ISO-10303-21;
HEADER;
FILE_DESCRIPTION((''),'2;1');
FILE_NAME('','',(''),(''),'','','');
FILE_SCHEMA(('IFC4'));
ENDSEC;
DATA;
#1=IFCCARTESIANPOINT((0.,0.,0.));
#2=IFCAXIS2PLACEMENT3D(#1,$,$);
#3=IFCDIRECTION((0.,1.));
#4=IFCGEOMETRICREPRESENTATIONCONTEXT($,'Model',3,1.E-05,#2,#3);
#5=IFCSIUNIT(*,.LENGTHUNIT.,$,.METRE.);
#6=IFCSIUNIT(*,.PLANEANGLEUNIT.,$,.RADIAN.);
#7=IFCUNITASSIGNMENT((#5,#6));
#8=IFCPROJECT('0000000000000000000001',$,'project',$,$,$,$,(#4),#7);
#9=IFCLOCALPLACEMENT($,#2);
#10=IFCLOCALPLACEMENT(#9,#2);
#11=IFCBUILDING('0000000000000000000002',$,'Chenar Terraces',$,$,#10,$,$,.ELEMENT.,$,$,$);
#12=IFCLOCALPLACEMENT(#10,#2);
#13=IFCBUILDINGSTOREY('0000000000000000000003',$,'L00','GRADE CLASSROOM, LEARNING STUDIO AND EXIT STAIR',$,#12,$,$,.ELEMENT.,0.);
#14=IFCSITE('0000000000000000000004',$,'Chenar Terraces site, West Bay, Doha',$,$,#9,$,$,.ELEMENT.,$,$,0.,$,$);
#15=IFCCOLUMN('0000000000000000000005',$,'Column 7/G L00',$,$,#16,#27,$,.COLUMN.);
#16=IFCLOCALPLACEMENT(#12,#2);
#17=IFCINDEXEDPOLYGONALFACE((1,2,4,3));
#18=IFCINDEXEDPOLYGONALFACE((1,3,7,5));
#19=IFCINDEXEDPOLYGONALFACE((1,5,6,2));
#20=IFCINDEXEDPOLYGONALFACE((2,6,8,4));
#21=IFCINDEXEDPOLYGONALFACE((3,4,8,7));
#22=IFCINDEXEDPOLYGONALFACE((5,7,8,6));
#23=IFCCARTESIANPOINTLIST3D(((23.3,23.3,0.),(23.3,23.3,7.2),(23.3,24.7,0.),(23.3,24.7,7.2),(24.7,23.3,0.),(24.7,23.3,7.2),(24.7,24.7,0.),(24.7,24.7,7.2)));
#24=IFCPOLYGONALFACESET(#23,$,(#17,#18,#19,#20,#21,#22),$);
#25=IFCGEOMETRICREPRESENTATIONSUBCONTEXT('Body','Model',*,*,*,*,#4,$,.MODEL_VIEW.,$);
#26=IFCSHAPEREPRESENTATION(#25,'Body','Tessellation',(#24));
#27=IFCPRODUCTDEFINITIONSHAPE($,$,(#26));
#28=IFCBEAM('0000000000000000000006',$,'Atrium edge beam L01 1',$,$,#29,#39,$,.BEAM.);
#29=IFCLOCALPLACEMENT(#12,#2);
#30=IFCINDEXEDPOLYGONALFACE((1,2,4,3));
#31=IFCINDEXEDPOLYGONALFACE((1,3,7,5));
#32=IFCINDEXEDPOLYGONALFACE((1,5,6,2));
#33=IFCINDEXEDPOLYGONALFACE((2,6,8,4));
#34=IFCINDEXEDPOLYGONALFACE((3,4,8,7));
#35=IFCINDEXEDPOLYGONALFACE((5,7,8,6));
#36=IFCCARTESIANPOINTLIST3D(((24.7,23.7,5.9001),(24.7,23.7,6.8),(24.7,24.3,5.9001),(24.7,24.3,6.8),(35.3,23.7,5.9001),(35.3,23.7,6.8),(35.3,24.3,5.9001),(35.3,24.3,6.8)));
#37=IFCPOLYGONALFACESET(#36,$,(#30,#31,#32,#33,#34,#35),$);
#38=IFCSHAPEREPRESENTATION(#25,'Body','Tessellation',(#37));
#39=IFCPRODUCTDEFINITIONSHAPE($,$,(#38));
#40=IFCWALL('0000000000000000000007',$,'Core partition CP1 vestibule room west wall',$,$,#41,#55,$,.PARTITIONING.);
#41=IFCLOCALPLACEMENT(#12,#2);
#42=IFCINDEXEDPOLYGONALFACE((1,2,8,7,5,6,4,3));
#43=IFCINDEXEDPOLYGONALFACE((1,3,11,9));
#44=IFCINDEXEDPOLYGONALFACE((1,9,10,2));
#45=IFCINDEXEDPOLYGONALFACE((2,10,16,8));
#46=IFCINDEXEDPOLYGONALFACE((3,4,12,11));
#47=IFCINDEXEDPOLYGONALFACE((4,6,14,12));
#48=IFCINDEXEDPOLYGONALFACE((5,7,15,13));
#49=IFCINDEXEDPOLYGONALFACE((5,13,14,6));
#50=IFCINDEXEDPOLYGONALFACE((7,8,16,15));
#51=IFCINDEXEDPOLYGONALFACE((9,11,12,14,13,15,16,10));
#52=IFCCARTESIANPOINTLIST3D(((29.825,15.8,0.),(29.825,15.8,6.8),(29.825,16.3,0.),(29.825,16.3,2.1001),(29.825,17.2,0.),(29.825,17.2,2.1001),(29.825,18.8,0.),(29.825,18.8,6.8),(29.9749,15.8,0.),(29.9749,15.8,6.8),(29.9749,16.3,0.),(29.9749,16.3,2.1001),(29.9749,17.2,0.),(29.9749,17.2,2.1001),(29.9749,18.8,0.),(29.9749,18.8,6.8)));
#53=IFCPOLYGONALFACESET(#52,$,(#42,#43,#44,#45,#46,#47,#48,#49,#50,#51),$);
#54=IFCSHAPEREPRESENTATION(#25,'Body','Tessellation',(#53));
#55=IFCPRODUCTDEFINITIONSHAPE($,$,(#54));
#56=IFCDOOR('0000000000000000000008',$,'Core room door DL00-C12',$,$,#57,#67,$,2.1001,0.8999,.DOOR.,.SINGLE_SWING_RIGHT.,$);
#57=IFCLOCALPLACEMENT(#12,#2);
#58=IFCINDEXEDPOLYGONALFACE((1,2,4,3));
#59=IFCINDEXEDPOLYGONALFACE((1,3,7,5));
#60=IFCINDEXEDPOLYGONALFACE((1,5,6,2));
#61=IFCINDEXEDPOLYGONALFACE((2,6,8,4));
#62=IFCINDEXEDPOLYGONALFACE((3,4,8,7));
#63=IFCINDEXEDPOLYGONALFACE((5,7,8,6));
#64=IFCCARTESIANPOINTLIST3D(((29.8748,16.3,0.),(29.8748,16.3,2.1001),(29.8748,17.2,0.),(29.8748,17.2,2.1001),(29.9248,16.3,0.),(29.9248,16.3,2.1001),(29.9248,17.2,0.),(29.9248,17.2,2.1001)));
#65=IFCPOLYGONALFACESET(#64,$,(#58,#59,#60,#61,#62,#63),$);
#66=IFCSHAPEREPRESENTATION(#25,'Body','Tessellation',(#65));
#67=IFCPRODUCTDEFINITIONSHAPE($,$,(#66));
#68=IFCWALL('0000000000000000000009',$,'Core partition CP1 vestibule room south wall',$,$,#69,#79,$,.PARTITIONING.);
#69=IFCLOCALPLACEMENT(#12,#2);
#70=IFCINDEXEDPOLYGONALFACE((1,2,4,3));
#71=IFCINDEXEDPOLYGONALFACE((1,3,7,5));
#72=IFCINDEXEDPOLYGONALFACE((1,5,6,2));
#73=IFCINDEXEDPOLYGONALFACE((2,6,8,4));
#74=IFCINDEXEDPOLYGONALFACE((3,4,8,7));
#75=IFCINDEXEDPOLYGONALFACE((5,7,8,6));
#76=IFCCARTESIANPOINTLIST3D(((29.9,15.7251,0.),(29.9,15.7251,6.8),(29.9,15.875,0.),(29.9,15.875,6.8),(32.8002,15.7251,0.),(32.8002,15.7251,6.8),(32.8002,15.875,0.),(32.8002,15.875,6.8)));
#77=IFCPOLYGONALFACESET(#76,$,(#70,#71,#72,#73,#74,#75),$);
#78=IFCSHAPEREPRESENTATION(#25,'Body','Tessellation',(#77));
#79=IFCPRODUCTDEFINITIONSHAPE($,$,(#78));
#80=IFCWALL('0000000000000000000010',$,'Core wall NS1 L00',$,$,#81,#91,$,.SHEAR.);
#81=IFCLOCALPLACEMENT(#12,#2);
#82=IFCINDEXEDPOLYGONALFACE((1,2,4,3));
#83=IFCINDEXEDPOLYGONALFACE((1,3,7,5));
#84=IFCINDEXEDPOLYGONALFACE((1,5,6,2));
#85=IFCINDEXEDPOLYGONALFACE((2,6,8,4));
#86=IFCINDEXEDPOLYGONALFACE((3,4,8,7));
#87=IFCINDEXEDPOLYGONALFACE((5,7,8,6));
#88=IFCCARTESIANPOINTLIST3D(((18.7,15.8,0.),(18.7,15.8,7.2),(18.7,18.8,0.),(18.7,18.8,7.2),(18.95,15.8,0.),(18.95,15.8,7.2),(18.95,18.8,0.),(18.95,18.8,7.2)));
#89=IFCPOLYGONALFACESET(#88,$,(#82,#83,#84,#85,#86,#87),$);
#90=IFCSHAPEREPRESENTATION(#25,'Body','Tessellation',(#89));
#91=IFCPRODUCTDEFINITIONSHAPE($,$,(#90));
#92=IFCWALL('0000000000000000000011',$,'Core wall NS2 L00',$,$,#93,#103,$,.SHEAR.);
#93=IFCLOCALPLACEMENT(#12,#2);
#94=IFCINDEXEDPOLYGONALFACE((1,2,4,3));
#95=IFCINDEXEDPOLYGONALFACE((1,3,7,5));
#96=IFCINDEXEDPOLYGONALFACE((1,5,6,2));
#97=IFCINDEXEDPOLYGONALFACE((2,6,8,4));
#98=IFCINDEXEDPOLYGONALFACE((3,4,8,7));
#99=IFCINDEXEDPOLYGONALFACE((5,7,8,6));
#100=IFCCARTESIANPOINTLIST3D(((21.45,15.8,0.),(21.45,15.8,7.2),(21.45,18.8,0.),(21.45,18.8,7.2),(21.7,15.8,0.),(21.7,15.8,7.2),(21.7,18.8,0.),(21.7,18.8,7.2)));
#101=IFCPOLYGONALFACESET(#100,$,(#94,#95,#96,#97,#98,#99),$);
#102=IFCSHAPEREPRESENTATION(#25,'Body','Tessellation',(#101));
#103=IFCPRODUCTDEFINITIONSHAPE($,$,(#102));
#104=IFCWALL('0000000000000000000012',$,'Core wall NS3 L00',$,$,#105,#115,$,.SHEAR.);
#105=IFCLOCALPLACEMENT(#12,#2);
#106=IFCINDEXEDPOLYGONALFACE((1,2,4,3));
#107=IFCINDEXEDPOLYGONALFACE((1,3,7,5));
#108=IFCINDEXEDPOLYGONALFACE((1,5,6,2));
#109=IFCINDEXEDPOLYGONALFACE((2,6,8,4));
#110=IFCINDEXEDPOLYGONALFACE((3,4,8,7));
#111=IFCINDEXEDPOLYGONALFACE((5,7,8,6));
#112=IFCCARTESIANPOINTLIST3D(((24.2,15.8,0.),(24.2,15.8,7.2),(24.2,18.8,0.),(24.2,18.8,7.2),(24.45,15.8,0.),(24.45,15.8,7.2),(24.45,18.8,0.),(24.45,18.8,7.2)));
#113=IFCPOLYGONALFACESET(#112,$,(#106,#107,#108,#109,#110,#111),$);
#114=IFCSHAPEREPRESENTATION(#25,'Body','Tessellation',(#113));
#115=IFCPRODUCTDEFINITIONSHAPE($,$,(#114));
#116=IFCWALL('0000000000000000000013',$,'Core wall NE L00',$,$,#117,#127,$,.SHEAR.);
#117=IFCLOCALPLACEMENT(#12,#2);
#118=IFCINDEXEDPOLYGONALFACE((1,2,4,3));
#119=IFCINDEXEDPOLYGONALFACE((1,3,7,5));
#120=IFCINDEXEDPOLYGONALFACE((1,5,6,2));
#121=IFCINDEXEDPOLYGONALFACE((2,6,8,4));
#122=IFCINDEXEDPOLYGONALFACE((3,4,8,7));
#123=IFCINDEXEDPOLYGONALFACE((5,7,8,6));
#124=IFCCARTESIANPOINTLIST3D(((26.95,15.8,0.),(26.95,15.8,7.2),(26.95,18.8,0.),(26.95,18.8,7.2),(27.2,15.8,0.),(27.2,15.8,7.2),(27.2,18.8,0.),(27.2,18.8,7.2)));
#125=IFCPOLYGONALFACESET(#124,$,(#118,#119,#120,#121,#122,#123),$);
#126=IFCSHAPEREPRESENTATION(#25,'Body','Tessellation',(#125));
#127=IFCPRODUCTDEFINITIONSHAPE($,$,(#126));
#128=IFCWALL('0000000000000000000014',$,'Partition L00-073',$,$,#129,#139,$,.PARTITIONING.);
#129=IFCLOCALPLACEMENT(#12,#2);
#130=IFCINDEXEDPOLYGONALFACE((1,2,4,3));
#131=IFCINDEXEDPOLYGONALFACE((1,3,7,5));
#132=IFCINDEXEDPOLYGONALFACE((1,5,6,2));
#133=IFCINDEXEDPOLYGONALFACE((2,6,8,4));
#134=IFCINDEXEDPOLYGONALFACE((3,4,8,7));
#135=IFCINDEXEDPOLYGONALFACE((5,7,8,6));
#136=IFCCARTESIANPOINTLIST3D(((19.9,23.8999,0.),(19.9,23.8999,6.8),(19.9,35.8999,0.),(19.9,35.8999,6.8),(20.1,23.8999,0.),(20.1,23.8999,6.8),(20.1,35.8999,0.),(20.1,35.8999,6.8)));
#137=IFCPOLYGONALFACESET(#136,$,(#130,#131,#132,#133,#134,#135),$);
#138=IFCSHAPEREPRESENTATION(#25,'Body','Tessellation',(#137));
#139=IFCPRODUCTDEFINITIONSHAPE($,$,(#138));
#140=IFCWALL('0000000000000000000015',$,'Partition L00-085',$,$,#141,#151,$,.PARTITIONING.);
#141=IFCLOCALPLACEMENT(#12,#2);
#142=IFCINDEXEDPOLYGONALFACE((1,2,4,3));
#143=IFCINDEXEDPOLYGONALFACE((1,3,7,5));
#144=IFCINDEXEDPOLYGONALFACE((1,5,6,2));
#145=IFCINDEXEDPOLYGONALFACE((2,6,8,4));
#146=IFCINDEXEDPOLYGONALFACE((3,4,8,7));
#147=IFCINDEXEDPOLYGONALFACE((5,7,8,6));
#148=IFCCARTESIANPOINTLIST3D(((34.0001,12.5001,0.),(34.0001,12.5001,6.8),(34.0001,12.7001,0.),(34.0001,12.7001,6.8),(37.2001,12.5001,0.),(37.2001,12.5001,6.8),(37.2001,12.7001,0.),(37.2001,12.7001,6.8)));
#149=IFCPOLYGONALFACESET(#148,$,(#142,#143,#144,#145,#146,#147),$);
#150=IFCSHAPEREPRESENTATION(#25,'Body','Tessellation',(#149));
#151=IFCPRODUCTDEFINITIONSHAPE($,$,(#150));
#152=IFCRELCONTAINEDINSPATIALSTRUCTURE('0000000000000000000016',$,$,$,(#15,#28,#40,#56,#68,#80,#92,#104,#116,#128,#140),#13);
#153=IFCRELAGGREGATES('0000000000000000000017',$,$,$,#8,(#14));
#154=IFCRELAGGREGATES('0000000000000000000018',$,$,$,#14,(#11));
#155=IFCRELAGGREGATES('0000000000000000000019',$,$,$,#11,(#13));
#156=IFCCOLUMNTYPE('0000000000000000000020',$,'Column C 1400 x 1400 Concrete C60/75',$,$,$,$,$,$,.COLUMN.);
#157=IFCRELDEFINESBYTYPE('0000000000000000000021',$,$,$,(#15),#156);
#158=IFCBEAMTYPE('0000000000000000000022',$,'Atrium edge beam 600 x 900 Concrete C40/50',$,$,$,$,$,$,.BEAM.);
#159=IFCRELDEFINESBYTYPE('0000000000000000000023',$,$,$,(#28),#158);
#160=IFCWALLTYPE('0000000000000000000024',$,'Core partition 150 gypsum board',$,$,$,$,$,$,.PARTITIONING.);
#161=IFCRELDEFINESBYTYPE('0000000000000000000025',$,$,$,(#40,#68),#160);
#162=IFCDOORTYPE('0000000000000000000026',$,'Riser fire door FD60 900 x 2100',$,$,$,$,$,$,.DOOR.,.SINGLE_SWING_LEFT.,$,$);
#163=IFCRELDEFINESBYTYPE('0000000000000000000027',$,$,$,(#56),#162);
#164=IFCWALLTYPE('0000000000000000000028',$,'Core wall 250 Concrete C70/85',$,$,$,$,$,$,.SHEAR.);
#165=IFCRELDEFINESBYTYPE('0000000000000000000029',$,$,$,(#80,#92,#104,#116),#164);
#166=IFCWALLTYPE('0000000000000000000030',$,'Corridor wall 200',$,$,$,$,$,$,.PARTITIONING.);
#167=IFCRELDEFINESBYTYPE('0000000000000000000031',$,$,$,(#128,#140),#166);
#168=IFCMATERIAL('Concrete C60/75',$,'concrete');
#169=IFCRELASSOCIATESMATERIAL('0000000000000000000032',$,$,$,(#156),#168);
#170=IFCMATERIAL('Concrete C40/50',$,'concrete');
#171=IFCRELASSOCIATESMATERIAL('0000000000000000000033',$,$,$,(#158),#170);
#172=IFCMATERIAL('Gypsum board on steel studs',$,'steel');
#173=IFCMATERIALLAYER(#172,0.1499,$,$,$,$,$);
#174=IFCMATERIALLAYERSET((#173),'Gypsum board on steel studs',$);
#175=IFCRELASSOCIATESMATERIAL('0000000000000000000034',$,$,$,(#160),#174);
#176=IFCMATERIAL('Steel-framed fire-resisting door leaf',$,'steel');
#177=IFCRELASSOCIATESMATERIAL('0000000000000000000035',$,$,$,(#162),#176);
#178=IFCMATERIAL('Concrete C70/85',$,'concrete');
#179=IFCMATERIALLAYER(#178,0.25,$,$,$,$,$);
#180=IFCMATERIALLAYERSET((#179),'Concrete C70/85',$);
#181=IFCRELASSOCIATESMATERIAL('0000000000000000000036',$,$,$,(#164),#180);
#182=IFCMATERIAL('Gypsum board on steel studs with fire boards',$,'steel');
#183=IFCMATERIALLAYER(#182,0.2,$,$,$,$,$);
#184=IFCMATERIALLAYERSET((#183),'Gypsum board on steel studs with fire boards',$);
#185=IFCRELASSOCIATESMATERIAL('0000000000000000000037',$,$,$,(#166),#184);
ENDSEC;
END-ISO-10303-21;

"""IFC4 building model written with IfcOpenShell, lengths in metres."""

from ifc_helpers import new_model, si_unit, direction, frame, frame_2d, origin, origin_2d, place, context, subcontext, project, spatial, rectangle, extrude, material, layer, layer_set, material_profile, profile_set, type_object, element, fill, save


model = new_model("IFC4")

# Units and contexts
model_context = context("Model", 3, precision=1e-05, world=origin(), true_north=direction((0.0, 1.0)))
body_context = subcontext(model_context, "Body", "Model", "MODEL_VIEW")
ifc_project = project(units=[si_unit("LENGTHUNIT", "METRE"), si_unit("PLANEANGLEUNIT", "RADIAN")], contexts=[model_context])

# Site, building, storey
site_placement = place(None, origin())
site = spatial("IfcSite", under=ifc_project, at=site_placement, Name="Chenar Terraces site, West Bay, Doha", CompositionType="ELEMENT", RefElevation=0.0)
building_placement = place(site_placement, origin())
building = spatial("IfcBuilding", under=site, at=building_placement, Name="Chenar Terraces", CompositionType="ELEMENT")
storey_placement = place(building_placement, origin())
storey = spatial("IfcBuildingStorey", under=building, at=storey_placement, Name="L00", Description="GRADE CLASSROOM, LEARNING STUDIO AND EXIT STAIR", CompositionType="ELEMENT", Elevation=0.0)

# Column
ifc_material_1 = material(Name="Concrete C60/75", Category="concrete")
ifc_material_profile_1 = material_profile(ifc_material_1, rectangle(XDim=1.3999, YDim=1.3999, at=origin_2d()), Name="C 1400 x 1400")
ifc_profile_set_1 = profile_set([ifc_material_profile_1], Name="Concrete C60/75")
column_type = type_object("IfcColumnType", Name="Column C 1400 x 1400 Concrete C60/75", PredefinedType="COLUMN", material=ifc_profile_set_1)
column_placement = place(storey_placement, frame((24.0, 24.0, 0.0), z_axis=(0.0, 0.0, 1.0), x_axis=(1.0, 0.0, 0.0)))
element("IfcColumn", 1, at=column_placement, inside=storey, type_object=column_type, Name="Column 7/G L00", PredefinedType="COLUMN", context=body_context, shape_type="SweptSolid", body=[
    extrude(rectangle(XDim=1.3999, YDim=1.3999, at=origin_2d()), origin(), (0.0, 0.0, 1.0), 7.2),
])

# Beam
ifc_material_2 = material(Name="Concrete C40/50", Category="concrete")
ifc_material_profile_2 = material_profile(ifc_material_2, rectangle(XDim=0.6001, YDim=0.8999, at=origin_2d()), Name="RC 600 x 900")
ifc_profile_set_2 = profile_set([ifc_material_profile_2], Name="Concrete C40/50")
beam_type = type_object("IfcBeamType", Name="Atrium edge beam 600 x 900 Concrete C40/50", PredefinedType="BEAM", material=ifc_profile_set_2)
beam_placement = place(storey_placement, frame((24.7, 24.0, 6.3501), z_axis=(1.0, 0.0, 0.0), x_axis=(0.0, 1.0, 0.0)))
element("IfcBeam", 2, at=beam_placement, inside=storey, type_object=beam_type, Name="Atrium edge beam L01 1", PredefinedType="BEAM", context=body_context, shape_type="SweptSolid", body=[
    extrude(rectangle(XDim=0.6001, YDim=0.8999, at=origin_2d()), origin(), (0.0, 0.0, 1.0), 10.6001),
])

# Wall, opening, door
ifc_material_3 = material(Name="Gypsum board on steel studs", Category="steel")
ifc_layer_1 = layer(ifc_material_3, 0.1499)
ifc_layer_set_1 = layer_set([ifc_layer_1], Name="Gypsum board on steel studs")
wall_type_1 = type_object("IfcWallType", Name="Core partition 150 gypsum board", PredefinedType="PARTITIONING", material=ifc_layer_set_1)
wall_1_placement = place(storey_placement, frame((29.8999, 15.8, 0.0), z_axis=(0.0, 0.0, 1.0), x_axis=(0.0, 1.0, 0.0)))
wall_1 = element("IfcWall", 3, at=wall_1_placement, inside=storey, type_object=wall_type_1, Name="Core partition CP1 vestibule room west wall", PredefinedType="PARTITIONING", context=body_context, shape_type="SweptSolid", body=[
    extrude(rectangle(XDim=3.0, YDim=0.1499, at=frame_2d((1.5, 0.0))), origin(), (0.0, 0.0, 1.0), 6.8),
])
opening_1_placement = place(wall_1_placement, frame((0.5, 0.0, 0.0)))
opening_1 = element("IfcOpeningElement", 4, at=opening_1_placement, cuts=wall_1, PredefinedType="OPENING", context=body_context, shape_type="SweptSolid", body=[
    extrude(rectangle(XDim=0.8999, YDim=2.1001, at=frame_2d((0.45, 1.05))), frame((0.0, 0.085, 0.0), z_axis=(0.0, -1.0, 0.0), x_axis=(1.0, 0.0, 0.0)), (0.0, 0.0, 1.0), 0.1699),
])
ifc_material_4 = material(Name="Steel-framed fire-resisting door leaf", Category="steel")
door_type_1 = type_object("IfcDoorType", Name="Riser fire door FD60 900 x 2100", OperationType="SINGLE_SWING_LEFT", PredefinedType="DOOR", material=ifc_material_4)
door_1_placement = place(opening_1_placement, frame((0.8999, 0.0, 0.0), z_axis=(0.0, 0.0, 1.0), x_axis=(-1.0, 0.0, 0.0)))
door_1 = element("IfcDoor", 5, at=door_1_placement, inside=storey, type_object=door_type_1, Name="Core room door DL00-C12", OperationType="SINGLE_SWING_RIGHT", OverallHeight=2.1001, OverallWidth=0.8999, PredefinedType="DOOR", context=body_context, shape_type="SweptSolid", body=[
    extrude(rectangle(XDim=0.8999, YDim=2.1001, at=frame_2d((0.45, 1.05))), frame((0.0, 0.0249, 0.0), z_axis=(0.0, -1.0, 0.0), x_axis=(1.0, 0.0, 0.0)), (0.0, 0.0, 1.0), 0.05),
])
fill(opening_1, door_1)

# Walls
wall_2_placement = place(storey_placement, frame((29.8999, 15.8, 0.0), z_axis=(0.0, 0.0, 1.0), x_axis=(1.0, 0.0, 0.0)))
element("IfcWall", 6, at=wall_2_placement, inside=storey, type_object=wall_type_1, Name="Core partition CP1 vestibule room south wall", PredefinedType="PARTITIONING", context=body_context, shape_type="SweptSolid", body=[
    extrude(rectangle(XDim=2.9001, YDim=0.1499, at=frame_2d((1.4502, 0.0))), origin(), (0.0, 0.0, 1.0), 6.8),
])
ifc_material_5 = material(Name="Concrete C70/85", Category="concrete")
ifc_layer_2 = layer(ifc_material_5, 0.25)
ifc_layer_set_2 = layer_set([ifc_layer_2], Name="Concrete C70/85")
wall_type_2 = type_object("IfcWallType", Name="Core wall 250 Concrete C70/85", PredefinedType="SHEAR", material=ifc_layer_set_2)
for number, where, z_axis, x_axis, name in (
    (7, (18.825, 15.8, 0.0), (0.0, 0.0, 1.0), (0.0, 1.0, 0.0), "Core wall NS1 L00"),
    (8, (21.575, 15.8, 0.0), (0.0, 0.0, 1.0), (0.0, 1.0, 0.0), "Core wall NS2 L00"),
    (9, (24.325, 15.8, 0.0), (0.0, 0.0, 1.0), (0.0, 1.0, 0.0), "Core wall NS3 L00"),
    (10, (27.075, 15.8, 0.0), (0.0, 0.0, 1.0), (0.0, 1.0, 0.0), "Core wall NE L00"),
):
    element("IfcWall", number, at=place(storey_placement, frame(where, z_axis=z_axis, x_axis=x_axis)), inside=storey, type_object=wall_type_2, Name=name, PredefinedType="SHEAR", context=body_context, shape_type="SweptSolid", body=[
        extrude(rectangle(XDim=3.0, YDim=0.25, at=frame_2d((1.5, 0.0))), origin(), (0.0, 0.0, 1.0), 7.2),
    ])
ifc_material_6 = material(Name="Gypsum board on steel studs with fire boards", Category="steel")
ifc_layer_3 = layer(ifc_material_6, 0.2)
ifc_layer_set_3 = layer_set([ifc_layer_3], Name="Gypsum board on steel studs with fire boards")
wall_type_3 = type_object("IfcWallType", Name="Corridor wall 200", PredefinedType="PARTITIONING", material=ifc_layer_set_3)
wall_3_placement = place(storey_placement, frame((20.0, 23.8999, 0.0), z_axis=(0.0, 0.0, 1.0), x_axis=(0.0, 1.0, 0.0)))
element("IfcWall", 11, at=wall_3_placement, inside=storey, type_object=wall_type_3, Name="Partition L00-073", PredefinedType="PARTITIONING", context=body_context, shape_type="SweptSolid", body=[
    extrude(rectangle(XDim=12.0, YDim=0.2, at=frame_2d((6.0, 0.0))), origin(), (0.0, 0.0, 1.0), 6.8),
])
wall_4_placement = place(storey_placement, frame((34.0, 12.6001, 0.0), z_axis=(0.0, 0.0, 1.0), x_axis=(1.0, 0.0, 0.0)))
element("IfcWall", 12, at=wall_4_placement, inside=storey, type_object=wall_type_3, Name="Partition L00-085", PredefinedType="PARTITIONING", context=body_context, shape_type="SweptSolid", body=[
    extrude(rectangle(XDim=3.2, YDim=0.2, at=frame_2d((1.6001, 0.0))), origin(), (0.0, 0.0, 1.0), 6.8),
])

save(model, "model.ifc")
